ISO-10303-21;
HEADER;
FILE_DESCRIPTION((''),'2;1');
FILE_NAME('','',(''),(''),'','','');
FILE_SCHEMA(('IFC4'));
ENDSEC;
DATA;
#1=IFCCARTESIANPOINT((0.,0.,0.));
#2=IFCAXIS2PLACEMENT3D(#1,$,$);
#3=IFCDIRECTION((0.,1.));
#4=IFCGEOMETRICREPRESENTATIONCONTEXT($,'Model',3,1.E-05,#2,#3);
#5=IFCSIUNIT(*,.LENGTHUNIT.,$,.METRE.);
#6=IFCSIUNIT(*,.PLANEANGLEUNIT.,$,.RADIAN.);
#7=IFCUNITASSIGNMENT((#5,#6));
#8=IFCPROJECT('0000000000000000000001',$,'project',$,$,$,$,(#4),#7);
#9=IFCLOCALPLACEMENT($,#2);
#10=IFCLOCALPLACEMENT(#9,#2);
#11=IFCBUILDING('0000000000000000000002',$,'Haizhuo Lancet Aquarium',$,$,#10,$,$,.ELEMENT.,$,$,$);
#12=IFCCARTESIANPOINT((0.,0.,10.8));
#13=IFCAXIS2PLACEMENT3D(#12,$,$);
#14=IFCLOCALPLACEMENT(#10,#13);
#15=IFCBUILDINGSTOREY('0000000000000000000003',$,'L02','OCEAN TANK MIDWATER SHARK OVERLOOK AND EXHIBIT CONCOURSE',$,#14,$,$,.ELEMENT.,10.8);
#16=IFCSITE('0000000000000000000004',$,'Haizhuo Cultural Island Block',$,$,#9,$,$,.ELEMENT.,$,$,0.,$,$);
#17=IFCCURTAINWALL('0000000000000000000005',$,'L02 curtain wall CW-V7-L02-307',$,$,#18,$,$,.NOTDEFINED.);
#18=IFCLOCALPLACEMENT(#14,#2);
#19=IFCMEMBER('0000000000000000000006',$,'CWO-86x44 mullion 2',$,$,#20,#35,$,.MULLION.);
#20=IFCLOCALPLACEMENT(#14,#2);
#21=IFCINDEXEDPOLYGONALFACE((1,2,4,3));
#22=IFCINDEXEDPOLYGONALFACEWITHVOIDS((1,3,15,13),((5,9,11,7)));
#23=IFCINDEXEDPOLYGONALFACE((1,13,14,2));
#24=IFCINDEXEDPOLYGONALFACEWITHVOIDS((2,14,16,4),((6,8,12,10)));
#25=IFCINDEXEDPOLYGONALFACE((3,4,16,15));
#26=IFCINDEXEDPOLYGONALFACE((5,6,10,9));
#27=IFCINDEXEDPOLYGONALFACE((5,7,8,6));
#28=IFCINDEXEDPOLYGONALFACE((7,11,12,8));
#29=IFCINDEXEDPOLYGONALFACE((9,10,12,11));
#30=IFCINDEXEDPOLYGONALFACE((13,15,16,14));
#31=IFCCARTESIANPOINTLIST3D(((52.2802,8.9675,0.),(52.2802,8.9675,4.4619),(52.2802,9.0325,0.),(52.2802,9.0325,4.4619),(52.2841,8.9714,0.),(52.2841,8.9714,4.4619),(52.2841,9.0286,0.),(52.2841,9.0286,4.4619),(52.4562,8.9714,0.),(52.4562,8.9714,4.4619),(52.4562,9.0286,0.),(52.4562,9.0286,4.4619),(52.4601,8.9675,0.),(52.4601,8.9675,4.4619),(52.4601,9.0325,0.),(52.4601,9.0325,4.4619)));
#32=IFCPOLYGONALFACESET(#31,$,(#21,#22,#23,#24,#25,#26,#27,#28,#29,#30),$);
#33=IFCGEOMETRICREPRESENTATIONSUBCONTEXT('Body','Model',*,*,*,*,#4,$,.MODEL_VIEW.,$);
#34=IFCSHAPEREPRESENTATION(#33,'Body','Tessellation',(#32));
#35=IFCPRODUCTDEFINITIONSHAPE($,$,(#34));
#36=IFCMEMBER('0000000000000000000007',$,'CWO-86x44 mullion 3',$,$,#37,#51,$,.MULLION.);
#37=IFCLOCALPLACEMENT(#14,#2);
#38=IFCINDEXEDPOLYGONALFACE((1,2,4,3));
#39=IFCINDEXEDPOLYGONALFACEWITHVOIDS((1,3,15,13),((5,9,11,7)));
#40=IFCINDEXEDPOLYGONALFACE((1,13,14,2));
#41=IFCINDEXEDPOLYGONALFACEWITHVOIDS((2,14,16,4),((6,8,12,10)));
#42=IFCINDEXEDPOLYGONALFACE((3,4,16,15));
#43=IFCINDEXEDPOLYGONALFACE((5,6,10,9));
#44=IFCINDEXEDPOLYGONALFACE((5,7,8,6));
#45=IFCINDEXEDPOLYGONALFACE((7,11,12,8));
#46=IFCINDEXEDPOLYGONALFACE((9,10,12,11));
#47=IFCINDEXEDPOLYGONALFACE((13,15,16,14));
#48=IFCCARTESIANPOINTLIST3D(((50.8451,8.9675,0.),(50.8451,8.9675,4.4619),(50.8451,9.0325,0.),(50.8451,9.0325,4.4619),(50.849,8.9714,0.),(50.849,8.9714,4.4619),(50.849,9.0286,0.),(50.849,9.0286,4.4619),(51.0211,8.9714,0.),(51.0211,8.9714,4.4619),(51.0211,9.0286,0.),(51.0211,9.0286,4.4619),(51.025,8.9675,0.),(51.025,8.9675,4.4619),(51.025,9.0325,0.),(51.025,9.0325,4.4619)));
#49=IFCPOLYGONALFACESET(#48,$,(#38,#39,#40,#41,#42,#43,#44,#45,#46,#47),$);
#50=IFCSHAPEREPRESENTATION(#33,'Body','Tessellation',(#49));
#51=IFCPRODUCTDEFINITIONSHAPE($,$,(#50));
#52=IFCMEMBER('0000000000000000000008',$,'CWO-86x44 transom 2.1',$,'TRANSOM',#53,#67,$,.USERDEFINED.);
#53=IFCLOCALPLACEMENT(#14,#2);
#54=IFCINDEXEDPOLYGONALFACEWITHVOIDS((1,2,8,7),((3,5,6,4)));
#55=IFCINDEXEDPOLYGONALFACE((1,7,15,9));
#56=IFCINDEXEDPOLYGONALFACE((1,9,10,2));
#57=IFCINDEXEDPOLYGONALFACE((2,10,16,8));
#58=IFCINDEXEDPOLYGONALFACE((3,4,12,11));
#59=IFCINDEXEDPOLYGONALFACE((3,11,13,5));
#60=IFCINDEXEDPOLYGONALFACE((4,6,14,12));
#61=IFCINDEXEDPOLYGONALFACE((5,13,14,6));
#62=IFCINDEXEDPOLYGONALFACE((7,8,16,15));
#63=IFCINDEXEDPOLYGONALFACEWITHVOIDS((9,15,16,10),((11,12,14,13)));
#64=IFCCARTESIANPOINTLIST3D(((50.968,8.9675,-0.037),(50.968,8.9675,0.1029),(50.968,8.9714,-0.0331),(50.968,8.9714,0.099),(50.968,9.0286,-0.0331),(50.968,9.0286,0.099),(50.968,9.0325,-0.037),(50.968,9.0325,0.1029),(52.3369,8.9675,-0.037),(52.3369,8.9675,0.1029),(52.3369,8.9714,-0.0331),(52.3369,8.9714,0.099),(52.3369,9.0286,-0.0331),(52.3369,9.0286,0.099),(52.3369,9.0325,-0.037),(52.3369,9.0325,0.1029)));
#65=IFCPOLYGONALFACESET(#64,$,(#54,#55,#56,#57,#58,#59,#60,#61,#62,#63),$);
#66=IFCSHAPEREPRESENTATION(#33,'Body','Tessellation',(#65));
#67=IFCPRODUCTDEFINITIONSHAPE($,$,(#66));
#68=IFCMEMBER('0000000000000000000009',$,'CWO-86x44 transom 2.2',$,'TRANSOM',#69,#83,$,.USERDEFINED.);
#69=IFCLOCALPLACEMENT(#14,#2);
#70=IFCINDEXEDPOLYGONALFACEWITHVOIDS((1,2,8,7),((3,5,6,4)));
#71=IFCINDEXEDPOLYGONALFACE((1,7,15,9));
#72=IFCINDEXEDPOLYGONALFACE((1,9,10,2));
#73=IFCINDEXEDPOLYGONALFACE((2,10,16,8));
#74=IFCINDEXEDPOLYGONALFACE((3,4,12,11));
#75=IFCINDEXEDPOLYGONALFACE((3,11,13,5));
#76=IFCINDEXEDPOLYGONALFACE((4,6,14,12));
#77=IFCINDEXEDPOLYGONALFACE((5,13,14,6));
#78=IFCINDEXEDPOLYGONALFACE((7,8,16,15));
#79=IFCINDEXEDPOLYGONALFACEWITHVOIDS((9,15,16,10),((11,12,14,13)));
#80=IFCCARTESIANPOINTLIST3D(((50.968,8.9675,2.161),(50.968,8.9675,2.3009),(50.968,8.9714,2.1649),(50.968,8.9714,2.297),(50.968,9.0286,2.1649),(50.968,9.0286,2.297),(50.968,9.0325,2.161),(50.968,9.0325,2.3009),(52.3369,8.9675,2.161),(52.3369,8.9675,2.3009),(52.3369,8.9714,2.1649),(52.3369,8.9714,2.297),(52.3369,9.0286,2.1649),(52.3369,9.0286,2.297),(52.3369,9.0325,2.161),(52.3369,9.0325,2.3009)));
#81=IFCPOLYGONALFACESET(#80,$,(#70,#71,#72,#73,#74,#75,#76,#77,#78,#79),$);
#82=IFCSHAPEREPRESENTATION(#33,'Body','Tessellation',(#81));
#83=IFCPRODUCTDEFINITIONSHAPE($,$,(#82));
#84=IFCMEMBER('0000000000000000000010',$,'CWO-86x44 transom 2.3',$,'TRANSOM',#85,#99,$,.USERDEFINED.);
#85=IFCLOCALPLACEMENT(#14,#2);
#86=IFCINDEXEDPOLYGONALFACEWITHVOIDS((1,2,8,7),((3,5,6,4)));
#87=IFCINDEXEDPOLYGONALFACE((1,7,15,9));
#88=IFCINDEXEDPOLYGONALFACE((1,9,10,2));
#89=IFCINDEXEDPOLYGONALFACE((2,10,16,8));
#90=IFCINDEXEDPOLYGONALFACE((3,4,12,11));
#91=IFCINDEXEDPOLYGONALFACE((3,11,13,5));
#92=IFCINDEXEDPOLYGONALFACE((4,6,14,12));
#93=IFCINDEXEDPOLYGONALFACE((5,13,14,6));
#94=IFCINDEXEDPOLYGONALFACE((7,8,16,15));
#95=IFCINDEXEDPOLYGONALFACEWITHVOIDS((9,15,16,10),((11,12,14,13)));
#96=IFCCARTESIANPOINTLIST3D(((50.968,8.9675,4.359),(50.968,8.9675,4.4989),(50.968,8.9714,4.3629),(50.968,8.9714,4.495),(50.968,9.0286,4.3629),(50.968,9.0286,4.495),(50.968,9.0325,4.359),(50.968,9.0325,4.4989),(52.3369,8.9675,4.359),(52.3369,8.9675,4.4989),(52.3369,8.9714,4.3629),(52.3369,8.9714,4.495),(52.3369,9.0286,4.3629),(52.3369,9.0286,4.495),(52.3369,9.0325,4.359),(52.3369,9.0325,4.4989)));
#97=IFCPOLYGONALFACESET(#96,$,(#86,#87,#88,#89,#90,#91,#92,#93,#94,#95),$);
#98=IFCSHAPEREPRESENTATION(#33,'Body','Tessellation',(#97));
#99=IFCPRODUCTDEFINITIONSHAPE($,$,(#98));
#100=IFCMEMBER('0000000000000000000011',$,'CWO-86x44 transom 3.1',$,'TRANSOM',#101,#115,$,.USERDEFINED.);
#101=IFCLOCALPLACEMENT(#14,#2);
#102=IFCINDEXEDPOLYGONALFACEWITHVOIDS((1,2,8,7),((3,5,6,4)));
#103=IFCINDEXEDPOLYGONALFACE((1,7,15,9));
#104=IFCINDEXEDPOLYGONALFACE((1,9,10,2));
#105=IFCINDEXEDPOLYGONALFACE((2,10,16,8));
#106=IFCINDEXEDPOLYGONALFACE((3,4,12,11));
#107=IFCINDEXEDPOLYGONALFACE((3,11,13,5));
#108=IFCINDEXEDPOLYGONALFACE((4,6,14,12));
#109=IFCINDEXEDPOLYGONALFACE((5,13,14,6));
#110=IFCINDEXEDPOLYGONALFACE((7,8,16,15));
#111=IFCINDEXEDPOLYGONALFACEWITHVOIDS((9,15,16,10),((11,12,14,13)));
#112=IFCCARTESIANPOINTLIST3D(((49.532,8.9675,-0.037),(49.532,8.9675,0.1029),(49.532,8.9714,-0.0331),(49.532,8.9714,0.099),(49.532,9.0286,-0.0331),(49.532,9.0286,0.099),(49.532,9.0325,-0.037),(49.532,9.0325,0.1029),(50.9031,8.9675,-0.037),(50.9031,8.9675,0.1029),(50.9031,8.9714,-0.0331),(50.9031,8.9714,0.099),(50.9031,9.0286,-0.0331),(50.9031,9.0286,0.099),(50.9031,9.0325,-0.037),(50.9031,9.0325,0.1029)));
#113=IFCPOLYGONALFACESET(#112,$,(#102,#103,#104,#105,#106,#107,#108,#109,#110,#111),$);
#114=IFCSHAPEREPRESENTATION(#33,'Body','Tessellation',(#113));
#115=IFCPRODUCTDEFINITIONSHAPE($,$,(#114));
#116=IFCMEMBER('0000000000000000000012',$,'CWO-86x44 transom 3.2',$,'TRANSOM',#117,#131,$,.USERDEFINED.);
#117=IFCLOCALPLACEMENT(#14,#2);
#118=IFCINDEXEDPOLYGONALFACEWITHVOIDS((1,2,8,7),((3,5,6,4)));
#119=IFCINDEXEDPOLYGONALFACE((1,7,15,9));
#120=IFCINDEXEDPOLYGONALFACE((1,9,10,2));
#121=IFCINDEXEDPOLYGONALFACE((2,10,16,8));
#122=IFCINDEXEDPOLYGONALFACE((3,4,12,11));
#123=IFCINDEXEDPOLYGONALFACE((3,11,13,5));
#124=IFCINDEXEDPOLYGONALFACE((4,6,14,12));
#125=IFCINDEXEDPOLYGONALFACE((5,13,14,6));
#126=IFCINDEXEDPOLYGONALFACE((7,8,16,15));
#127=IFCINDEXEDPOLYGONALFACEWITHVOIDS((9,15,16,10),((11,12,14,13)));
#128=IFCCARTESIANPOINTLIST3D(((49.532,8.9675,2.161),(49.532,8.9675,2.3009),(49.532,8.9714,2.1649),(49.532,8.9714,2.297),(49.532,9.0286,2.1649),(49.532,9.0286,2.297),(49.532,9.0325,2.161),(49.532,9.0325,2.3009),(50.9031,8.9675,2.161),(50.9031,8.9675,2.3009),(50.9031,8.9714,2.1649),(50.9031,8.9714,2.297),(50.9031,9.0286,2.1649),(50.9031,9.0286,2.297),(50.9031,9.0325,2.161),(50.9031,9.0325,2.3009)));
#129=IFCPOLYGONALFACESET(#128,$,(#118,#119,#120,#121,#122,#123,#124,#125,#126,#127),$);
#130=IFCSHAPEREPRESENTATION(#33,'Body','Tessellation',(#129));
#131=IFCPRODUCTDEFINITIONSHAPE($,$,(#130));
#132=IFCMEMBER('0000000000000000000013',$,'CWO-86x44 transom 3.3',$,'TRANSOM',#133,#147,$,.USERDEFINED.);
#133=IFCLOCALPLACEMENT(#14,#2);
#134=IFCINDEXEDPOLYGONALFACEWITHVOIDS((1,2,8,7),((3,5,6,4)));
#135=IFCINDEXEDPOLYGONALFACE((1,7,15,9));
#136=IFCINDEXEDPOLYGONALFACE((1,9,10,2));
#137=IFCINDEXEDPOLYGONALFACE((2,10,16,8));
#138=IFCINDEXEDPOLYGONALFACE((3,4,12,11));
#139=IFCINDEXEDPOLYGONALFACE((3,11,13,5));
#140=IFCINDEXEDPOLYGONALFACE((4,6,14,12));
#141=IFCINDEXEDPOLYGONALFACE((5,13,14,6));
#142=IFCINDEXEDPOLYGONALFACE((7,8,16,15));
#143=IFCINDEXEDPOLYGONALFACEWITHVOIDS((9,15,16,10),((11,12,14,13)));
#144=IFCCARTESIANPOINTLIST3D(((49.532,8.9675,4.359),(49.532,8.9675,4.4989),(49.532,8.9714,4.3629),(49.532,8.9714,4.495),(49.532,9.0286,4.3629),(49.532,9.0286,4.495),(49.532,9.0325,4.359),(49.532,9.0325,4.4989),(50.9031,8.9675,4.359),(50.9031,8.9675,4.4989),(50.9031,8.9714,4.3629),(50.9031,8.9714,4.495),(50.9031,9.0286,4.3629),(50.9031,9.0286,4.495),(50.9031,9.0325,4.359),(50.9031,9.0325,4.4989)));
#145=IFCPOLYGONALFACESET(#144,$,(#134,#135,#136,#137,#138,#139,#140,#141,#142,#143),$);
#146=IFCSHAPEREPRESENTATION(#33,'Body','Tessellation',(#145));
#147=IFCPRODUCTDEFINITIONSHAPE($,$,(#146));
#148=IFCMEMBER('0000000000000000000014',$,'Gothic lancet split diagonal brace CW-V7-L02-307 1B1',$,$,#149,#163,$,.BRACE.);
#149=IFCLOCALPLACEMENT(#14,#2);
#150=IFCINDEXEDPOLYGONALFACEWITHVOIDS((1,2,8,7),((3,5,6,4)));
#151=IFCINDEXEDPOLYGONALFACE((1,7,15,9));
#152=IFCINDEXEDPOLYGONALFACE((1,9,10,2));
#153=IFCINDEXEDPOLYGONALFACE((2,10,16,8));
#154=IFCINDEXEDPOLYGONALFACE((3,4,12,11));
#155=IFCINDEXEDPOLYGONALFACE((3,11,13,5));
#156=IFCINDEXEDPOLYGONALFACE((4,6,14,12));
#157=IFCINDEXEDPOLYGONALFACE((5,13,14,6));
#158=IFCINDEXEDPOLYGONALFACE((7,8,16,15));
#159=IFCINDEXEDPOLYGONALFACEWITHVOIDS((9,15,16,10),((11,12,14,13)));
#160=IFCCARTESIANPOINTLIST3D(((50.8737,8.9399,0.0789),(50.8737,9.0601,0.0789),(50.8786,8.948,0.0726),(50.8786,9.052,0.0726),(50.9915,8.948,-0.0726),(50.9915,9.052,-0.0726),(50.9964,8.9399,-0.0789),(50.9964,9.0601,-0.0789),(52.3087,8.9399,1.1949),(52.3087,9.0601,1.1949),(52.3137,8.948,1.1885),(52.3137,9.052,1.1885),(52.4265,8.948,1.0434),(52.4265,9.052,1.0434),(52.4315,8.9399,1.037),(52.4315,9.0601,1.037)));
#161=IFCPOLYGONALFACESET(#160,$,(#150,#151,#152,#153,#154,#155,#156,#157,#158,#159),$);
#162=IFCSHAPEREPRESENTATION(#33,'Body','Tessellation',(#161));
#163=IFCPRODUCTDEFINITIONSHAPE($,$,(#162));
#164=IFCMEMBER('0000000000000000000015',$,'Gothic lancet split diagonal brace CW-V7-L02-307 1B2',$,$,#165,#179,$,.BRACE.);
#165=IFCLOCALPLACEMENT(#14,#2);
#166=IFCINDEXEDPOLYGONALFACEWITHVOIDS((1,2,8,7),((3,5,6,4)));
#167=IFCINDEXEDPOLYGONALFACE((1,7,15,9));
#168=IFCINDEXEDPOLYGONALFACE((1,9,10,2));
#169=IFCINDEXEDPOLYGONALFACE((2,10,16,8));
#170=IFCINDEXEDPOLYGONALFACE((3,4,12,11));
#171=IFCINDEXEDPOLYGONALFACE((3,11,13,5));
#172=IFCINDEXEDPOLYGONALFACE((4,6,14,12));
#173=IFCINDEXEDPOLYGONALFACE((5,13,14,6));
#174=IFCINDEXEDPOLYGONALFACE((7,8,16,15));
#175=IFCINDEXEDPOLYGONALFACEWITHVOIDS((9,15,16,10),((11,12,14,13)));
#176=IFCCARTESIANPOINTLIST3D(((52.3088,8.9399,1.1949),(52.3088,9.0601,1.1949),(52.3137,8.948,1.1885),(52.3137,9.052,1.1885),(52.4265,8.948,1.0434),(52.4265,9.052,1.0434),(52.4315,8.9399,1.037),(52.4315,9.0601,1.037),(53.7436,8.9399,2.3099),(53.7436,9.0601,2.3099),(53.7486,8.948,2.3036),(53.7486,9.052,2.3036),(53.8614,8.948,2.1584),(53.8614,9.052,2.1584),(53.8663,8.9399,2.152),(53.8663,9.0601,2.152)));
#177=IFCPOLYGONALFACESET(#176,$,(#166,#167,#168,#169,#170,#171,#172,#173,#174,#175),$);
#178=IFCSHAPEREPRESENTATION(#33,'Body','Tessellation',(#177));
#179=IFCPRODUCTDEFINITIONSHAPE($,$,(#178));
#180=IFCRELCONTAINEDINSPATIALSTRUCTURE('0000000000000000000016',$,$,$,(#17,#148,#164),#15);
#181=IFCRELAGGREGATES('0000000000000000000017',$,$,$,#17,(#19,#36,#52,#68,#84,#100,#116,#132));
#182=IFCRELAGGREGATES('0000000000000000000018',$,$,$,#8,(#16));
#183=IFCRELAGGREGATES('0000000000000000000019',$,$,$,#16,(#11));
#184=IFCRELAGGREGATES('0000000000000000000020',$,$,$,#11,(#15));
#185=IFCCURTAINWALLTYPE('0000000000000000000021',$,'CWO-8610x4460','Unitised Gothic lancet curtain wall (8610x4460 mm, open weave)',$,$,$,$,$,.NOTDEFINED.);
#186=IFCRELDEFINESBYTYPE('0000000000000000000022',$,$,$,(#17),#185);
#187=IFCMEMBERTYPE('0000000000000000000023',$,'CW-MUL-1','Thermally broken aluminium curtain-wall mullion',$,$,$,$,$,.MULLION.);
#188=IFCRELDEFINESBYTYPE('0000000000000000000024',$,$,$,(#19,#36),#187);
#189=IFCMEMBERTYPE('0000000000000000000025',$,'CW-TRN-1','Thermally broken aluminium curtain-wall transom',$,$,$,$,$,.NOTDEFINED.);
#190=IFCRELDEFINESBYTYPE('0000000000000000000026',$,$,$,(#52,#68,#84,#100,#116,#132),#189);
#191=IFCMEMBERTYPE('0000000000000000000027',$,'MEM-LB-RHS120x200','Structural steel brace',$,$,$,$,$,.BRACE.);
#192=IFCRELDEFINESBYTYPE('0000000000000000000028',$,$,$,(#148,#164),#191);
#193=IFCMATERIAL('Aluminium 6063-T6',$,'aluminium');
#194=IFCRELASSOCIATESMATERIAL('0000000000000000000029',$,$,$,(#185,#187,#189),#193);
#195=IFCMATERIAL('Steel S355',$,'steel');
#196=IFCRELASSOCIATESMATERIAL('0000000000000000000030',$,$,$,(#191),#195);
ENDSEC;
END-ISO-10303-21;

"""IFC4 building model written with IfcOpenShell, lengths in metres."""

from ifc_helpers import new_model, si_unit, direction, frame, origin, origin_2d, place, context, subcontext, project, spatial, hollow_rectangle, extrude, material, material_profile, profile_set, type_object, element, aggregate, save


model = new_model("IFC4")

# Units and contexts
model_context = context("Model", 3, precision=1e-05, world=origin(), true_north=direction((0.0, 1.0)))
body_context = subcontext(model_context, "Body", "Model", "MODEL_VIEW")
ifc_project = project(units=[si_unit("LENGTHUNIT", "METRE"), si_unit("PLANEANGLEUNIT", "RADIAN")], contexts=[model_context])

# Site, building, storey
site_placement = place(None, origin())
site = spatial("IfcSite", under=ifc_project, at=site_placement, Name="Haizhuo Cultural Island Block", CompositionType="ELEMENT", RefElevation=0.0)
building_placement = place(site_placement, origin())
building = spatial("IfcBuilding", under=site, at=building_placement, Name="Haizhuo Lancet Aquarium", CompositionType="ELEMENT")
storey_placement = place(building_placement, frame((0.0, 0.0, 10.8)))
storey = spatial("IfcBuildingStorey", under=building, at=storey_placement, Name="L02", Description="OCEAN TANK MIDWATER SHARK OVERLOOK AND EXHIBIT CONCOURSE", CompositionType="ELEMENT", Elevation=10.8)

# Curtain wall, members
ifc_material_1 = material(Name="Aluminium 6063-T6", Category="aluminium")
curtain_wall_type = type_object("IfcCurtainWallType", Name="CWO-8610x4460", Description="Unitised Gothic lancet curtain wall (8610x4460 mm, open weave)", PredefinedType="NOTDEFINED", material=ifc_material_1)
curtain_wall_placement = place(storey_placement, origin())
curtain_wall = element("IfcCurtainWall", 1, at=curtain_wall_placement, inside=storey, type_object=curtain_wall_type, Name="L02 curtain wall CW-V7-L02-307", PredefinedType="NOTDEFINED")
ifc_material_profile_1 = material_profile(ifc_material_1, hollow_rectangle(XDim=0.0649, YDim=0.1799, WallThickness=0.0039, at=origin_2d()), Name="ALU-M 65x180x4")
ifc_profile_set_1 = profile_set([ifc_material_profile_1], Name="Aluminium 6063-T6")
member_type_1 = type_object("IfcMemberType", Name="CW-MUL-1", Description="Thermally broken aluminium curtain-wall mullion", PredefinedType="MULLION", material=ifc_profile_set_1)
member_1_placement = place(storey_placement, frame((52.3701, 9.0, 0.0), z_axis=(0.0, 0.0, 1.0), x_axis=(0.0, -1.0, 0.0)))
member_1 = element("IfcMember", 2, at=member_1_placement, type_object=member_type_1, Name="CWO-86x44 mullion 2", PredefinedType="MULLION", context=body_context, shape_type="SweptSolid", body=[
    extrude(hollow_rectangle(XDim=0.0649, YDim=0.1799, WallThickness=0.0039, at=origin_2d()), origin(), (0.0, 0.0, 1.0), 4.4619),
])
member_2_placement = place(storey_placement, frame((50.9351, 9.0, 0.0), z_axis=(0.0, 0.0, 1.0), x_axis=(0.0, -1.0, 0.0)))
member_2 = element("IfcMember", 3, at=member_2_placement, type_object=member_type_1, Name="CWO-86x44 mullion 3", PredefinedType="MULLION", context=body_context, shape_type="SweptSolid", body=[
    extrude(hollow_rectangle(XDim=0.0649, YDim=0.1799, WallThickness=0.0039, at=origin_2d()), origin(), (0.0, 0.0, 1.0), 4.4619),
])
ifc_material_profile_2 = material_profile(ifc_material_1, hollow_rectangle(XDim=0.0649, YDim=0.1399, WallThickness=0.0039, at=origin_2d()), Name="ALU-T 65x140x4")
ifc_profile_set_2 = profile_set([ifc_material_profile_2], Name="Aluminium 6063-T6")
member_type_2 = type_object("IfcMemberType", Name="CW-TRN-1", Description="Thermally broken aluminium curtain-wall transom", PredefinedType="NOTDEFINED", material=ifc_profile_set_2)
member_3_placement = place(storey_placement, frame((52.3369, 9.0, 0.033), z_axis=(-1.0, 0.0, 0.0), x_axis=(0.0, -1.0, 0.0)))
member_3 = element("IfcMember", 4, at=member_3_placement, type_object=member_type_2, Name="CWO-86x44 transom 2.1", ObjectType="TRANSOM", PredefinedType="USERDEFINED", context=body_context, shape_type="SweptSolid", body=[
    extrude(hollow_rectangle(XDim=0.0649, YDim=0.1399, WallThickness=0.0039, at=origin_2d()), origin(), (0.0, 0.0, 1.0), 1.3689),
])
member_4_placement = place(storey_placement, frame((52.3369, 9.0, 2.231), z_axis=(-1.0, 0.0, 0.0), x_axis=(0.0, -1.0, 0.0)))
member_4 = element("IfcMember", 5, at=member_4_placement, type_object=member_type_2, Name="CWO-86x44 transom 2.2", ObjectType="TRANSOM", PredefinedType="USERDEFINED", context=body_context, shape_type="SweptSolid", body=[
    extrude(hollow_rectangle(XDim=0.0649, YDim=0.1399, WallThickness=0.0039, at=origin_2d()), origin(), (0.0, 0.0, 1.0), 1.3689),
])
member_5_placement = place(storey_placement, frame((52.3369, 9.0, 4.429), z_axis=(-1.0, 0.0, 0.0), x_axis=(0.0, -1.0, 0.0)))
member_5 = element("IfcMember", 6, at=member_5_placement, type_object=member_type_2, Name="CWO-86x44 transom 2.3", ObjectType="TRANSOM", PredefinedType="USERDEFINED", context=body_context, shape_type="SweptSolid", body=[
    extrude(hollow_rectangle(XDim=0.0649, YDim=0.1399, WallThickness=0.0039, at=origin_2d()), origin(), (0.0, 0.0, 1.0), 1.3689),
])
member_6_placement = place(storey_placement, frame((50.9031, 9.0, 0.033), z_axis=(-1.0, 0.0, 0.0), x_axis=(0.0, -1.0, 0.0)))
member_6 = element("IfcMember", 7, at=member_6_placement, type_object=member_type_2, Name="CWO-86x44 transom 3.1", ObjectType="TRANSOM", PredefinedType="USERDEFINED", context=body_context, shape_type="SweptSolid", body=[
    extrude(hollow_rectangle(XDim=0.0649, YDim=0.1399, WallThickness=0.0039, at=origin_2d()), origin(), (0.0, 0.0, 1.0), 1.3711),
])
member_7_placement = place(storey_placement, frame((50.9031, 9.0, 2.231), z_axis=(-1.0, 0.0, 0.0), x_axis=(0.0, -1.0, 0.0)))
member_7 = element("IfcMember", 8, at=member_7_placement, type_object=member_type_2, Name="CWO-86x44 transom 3.2", ObjectType="TRANSOM", PredefinedType="USERDEFINED", context=body_context, shape_type="SweptSolid", body=[
    extrude(hollow_rectangle(XDim=0.0649, YDim=0.1399, WallThickness=0.0039, at=origin_2d()), origin(), (0.0, 0.0, 1.0), 1.3711),
])
member_8_placement = place(storey_placement, frame((50.9031, 9.0, 4.429), z_axis=(-1.0, 0.0, 0.0), x_axis=(0.0, -1.0, 0.0)))
member_8 = element("IfcMember", 9, at=member_8_placement, type_object=member_type_2, Name="CWO-86x44 transom 3.3", ObjectType="TRANSOM", PredefinedType="USERDEFINED", context=body_context, shape_type="SweptSolid", body=[
    extrude(hollow_rectangle(XDim=0.0649, YDim=0.1399, WallThickness=0.0039, at=origin_2d()), origin(), (0.0, 0.0, 1.0), 1.3711),
])

# Members
ifc_material_2 = material(Name="Steel S355", Category="steel")
ifc_material_profile_3 = material_profile(ifc_material_2, hollow_rectangle(XDim=0.1201, YDim=0.2, WallThickness=0.0081, at=origin_2d()), Name="RHS 120x200x8")
ifc_profile_set_3 = profile_set([ifc_material_profile_3], Name="Steel S355")
member_type_3 = type_object("IfcMemberType", Name="MEM-LB-RHS120x200", Description="Structural steel brace", PredefinedType="BRACE", material=ifc_profile_set_3)
member_9_placement = place(storey_placement, frame((50.9351, 9.0, 0.0), z_axis=(0.789403, 0.0, 0.613876), x_axis=(0.0, 1.0, 0.0)))
element("IfcMember", 10, at=member_9_placement, inside=storey, type_object=member_type_3, Name="Gothic lancet split diagonal brace CW-V7-L02-307 1B1", PredefinedType="BRACE", context=body_context, shape_type="SweptSolid", body=[
    extrude(hollow_rectangle(XDim=0.1201, YDim=0.2, WallThickness=0.0081, at=origin_2d()), origin(), (0.0, 0.0, 1.0), 1.8179),
])
member_10_placement = place(storey_placement, frame((52.3701, 9.0, 1.116), z_axis=(0.789613, 0.0, 0.613606), x_axis=(0.0, 1.0, 0.0)))
element("IfcMember", 11, at=member_10_placement, inside=storey, type_object=member_type_3, Name="Gothic lancet split diagonal brace CW-V7-L02-307 1B2", PredefinedType="BRACE", context=body_context, shape_type="SweptSolid", body=[
    extrude(hollow_rectangle(XDim=0.1201, YDim=0.2, WallThickness=0.0081, at=origin_2d()), origin(), (0.0, 0.0, 1.0), 1.8171),
])

aggregate(curtain_wall, [member_1, member_2, member_3, member_4, member_5, member_6, member_7, member_8])

save(model, "model.ifc")
